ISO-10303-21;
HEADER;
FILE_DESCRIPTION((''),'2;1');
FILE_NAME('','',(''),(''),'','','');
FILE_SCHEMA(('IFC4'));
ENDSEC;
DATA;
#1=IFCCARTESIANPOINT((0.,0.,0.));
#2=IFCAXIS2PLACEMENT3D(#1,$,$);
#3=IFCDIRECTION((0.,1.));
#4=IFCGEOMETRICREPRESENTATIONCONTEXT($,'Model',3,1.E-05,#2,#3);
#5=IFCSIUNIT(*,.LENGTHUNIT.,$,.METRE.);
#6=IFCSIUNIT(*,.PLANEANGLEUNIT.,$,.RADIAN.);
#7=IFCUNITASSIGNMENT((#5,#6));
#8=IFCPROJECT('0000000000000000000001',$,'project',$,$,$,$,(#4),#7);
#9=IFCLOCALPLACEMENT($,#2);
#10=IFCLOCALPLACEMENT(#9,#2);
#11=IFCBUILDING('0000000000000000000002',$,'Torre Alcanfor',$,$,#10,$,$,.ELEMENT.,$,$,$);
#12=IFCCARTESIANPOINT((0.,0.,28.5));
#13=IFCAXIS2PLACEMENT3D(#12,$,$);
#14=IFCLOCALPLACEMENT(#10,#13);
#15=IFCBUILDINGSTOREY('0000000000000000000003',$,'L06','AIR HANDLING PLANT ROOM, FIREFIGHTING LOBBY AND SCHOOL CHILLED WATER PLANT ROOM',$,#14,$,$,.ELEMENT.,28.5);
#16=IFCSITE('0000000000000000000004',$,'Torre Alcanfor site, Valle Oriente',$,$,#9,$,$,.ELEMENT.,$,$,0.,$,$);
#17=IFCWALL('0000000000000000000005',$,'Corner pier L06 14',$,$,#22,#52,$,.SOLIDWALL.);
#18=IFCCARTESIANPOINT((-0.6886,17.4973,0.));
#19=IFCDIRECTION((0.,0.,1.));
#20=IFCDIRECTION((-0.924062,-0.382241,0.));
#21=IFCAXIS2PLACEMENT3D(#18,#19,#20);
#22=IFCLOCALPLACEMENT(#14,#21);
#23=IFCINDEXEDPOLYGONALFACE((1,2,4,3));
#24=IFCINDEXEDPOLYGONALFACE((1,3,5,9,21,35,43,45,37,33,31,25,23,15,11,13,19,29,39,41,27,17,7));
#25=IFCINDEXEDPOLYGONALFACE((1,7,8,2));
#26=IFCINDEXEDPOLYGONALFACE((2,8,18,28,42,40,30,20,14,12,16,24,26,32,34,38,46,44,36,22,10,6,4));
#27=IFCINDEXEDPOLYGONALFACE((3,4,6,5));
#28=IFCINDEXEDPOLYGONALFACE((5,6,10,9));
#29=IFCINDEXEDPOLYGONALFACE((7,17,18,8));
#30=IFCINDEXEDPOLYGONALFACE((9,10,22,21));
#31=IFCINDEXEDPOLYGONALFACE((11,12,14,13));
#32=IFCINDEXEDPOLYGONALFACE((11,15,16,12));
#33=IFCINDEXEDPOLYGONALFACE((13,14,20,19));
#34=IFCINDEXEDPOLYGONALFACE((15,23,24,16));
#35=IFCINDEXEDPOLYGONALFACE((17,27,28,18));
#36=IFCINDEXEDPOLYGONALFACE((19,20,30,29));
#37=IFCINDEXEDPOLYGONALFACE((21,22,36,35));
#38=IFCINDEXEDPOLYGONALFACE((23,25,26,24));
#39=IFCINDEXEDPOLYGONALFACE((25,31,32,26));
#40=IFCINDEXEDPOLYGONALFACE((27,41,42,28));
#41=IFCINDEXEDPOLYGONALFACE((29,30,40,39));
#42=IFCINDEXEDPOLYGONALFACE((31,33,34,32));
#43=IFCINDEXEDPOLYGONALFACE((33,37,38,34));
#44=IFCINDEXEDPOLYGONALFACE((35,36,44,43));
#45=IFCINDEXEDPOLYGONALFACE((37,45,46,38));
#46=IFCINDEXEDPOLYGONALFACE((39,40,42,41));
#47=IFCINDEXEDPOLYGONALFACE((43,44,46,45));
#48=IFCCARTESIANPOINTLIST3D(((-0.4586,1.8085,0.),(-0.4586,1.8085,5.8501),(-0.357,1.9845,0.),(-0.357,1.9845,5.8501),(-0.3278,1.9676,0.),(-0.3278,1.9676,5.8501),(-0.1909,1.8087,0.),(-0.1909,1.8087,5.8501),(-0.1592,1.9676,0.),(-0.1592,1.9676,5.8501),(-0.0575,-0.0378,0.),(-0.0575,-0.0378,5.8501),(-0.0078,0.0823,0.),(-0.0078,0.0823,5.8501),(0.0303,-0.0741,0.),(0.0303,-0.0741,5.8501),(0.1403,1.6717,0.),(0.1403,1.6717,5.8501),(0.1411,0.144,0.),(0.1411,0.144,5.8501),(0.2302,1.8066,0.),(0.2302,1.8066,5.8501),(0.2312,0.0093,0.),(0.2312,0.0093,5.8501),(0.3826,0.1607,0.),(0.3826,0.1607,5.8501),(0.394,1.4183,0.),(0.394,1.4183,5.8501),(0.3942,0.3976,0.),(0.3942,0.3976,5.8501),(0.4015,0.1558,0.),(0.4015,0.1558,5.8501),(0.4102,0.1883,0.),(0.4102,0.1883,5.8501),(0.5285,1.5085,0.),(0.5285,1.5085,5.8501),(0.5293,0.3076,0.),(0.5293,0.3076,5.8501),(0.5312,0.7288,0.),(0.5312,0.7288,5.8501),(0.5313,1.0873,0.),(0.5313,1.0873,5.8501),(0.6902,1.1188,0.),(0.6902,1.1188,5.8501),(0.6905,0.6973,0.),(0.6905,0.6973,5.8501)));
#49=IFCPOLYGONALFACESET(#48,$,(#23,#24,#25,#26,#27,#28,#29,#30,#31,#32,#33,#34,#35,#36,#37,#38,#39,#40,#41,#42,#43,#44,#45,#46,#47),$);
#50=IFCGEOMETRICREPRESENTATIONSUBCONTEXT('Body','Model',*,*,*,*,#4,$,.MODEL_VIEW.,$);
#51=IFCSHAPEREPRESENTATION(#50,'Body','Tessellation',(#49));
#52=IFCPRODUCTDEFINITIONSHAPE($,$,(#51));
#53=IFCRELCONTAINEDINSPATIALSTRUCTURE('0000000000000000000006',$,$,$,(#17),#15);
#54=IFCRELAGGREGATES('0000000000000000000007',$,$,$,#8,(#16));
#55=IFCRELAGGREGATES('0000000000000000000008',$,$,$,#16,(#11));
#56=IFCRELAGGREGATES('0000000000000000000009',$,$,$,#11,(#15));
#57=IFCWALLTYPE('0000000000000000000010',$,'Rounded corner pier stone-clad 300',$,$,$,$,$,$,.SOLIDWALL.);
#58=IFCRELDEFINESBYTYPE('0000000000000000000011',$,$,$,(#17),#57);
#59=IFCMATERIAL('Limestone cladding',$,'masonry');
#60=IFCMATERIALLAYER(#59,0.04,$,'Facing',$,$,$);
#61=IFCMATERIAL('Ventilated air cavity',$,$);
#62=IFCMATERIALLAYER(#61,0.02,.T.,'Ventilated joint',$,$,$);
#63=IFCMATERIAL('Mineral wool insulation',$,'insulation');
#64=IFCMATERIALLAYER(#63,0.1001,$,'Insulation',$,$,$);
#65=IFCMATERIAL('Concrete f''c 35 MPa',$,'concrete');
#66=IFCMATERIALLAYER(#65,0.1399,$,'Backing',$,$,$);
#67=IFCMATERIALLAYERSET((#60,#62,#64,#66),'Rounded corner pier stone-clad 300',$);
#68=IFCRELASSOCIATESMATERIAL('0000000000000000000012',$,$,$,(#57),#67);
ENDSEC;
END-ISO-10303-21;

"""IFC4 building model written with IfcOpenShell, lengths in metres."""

from ifc_helpers import new_model, si_unit, direction, frame, origin, place, context, subcontext, project, spatial, polyline, outline, extrude, material, layer, layer_set, type_object, element, save


model = new_model("IFC4")

# Units and contexts
model_context = context("Model", 3, precision=1e-05, world=origin(), true_north=direction((0.0, 1.0)))
body_context = subcontext(model_context, "Body", "Model", "MODEL_VIEW")
ifc_project = project(units=[si_unit("LENGTHUNIT", "METRE"), si_unit("PLANEANGLEUNIT", "RADIAN")], contexts=[model_context])

# Site, building, storey
site_placement = place(None, origin())
site = spatial("IfcSite", under=ifc_project, at=site_placement, Name="Torre Alcanfor site, Valle Oriente", CompositionType="ELEMENT", RefElevation=0.0)
building_placement = place(site_placement, origin())
building = spatial("IfcBuilding", under=site, at=building_placement, Name="Torre Alcanfor", CompositionType="ELEMENT")
storey_placement = place(building_placement, frame((0.0, 0.0, 28.5)))
storey = spatial("IfcBuildingStorey", under=building, at=storey_placement, Name="L06", Description="AIR HANDLING PLANT ROOM, FIREFIGHTING LOBBY AND SCHOOL CHILLED WATER PLANT ROOM", CompositionType="ELEMENT", Elevation=28.5)

# Wall
ifc_material_1 = material(Name="Limestone cladding", Category="masonry")
ifc_layer_1 = layer(ifc_material_1, 0.04, Name="Facing")
ifc_material_2 = material(Name="Ventilated air cavity")
ifc_layer_2 = layer(ifc_material_2, 0.02, ventilated=True, Name="Ventilated joint")
ifc_material_3 = material(Name="Mineral wool insulation", Category="insulation")
ifc_layer_3 = layer(ifc_material_3, 0.1001, Name="Insulation")
ifc_material_4 = material(Name="Concrete f'c 35 MPa", Category="concrete")
ifc_layer_4 = layer(ifc_material_4, 0.1399, Name="Backing")
ifc_layer_set_1 = layer_set([ifc_layer_1, ifc_layer_2, ifc_layer_3, ifc_layer_4], Name="Rounded corner pier stone-clad 300")
wall_type_1 = type_object("IfcWallType", Name="Rounded corner pier stone-clad 300", PredefinedType="SOLIDWALL", material=ifc_layer_set_1)
wall_1_placement = place(storey_placement, frame((-0.6886, 17.4973, 0.0), z_axis=(0.0, 0.0, 1.0), x_axis=(-0.924062, -0.382241, 0.0)))
element("IfcWall", 1, at=wall_1_placement, inside=storey, type_object=wall_type_1, Name="Corner pier L06 14", PredefinedType="SOLIDWALL", context=body_context, shape_type="SweptSolid", body=[
    extrude(outline(polyline([(-0.357, 1.9845), (-0.4586, 1.8085), (-0.1909, 1.8087), (0.1403, 1.6717), (0.394, 1.4183), (0.5313, 1.0873), (0.5312, 0.7288), (0.3942, 0.3976), (0.1411, 0.144), (-0.0078, 0.0823), (-0.0575, -0.0378), (0.0303, -0.0741), (0.2312, 0.0093), (0.3826, 0.1607), (0.4015, 0.1558), (0.4102, 0.1883), (0.5293, 0.3076), (0.6905, 0.6973), (0.6902, 1.1188), (0.5285, 1.5085), (0.2302, 1.8066), (-0.1592, 1.9676), (-0.3278, 1.9676), (-0.357, 1.9845)])), origin(), (0.0, 0.0, 1.0), 5.8501),
])

save(model, "model.ifc")
